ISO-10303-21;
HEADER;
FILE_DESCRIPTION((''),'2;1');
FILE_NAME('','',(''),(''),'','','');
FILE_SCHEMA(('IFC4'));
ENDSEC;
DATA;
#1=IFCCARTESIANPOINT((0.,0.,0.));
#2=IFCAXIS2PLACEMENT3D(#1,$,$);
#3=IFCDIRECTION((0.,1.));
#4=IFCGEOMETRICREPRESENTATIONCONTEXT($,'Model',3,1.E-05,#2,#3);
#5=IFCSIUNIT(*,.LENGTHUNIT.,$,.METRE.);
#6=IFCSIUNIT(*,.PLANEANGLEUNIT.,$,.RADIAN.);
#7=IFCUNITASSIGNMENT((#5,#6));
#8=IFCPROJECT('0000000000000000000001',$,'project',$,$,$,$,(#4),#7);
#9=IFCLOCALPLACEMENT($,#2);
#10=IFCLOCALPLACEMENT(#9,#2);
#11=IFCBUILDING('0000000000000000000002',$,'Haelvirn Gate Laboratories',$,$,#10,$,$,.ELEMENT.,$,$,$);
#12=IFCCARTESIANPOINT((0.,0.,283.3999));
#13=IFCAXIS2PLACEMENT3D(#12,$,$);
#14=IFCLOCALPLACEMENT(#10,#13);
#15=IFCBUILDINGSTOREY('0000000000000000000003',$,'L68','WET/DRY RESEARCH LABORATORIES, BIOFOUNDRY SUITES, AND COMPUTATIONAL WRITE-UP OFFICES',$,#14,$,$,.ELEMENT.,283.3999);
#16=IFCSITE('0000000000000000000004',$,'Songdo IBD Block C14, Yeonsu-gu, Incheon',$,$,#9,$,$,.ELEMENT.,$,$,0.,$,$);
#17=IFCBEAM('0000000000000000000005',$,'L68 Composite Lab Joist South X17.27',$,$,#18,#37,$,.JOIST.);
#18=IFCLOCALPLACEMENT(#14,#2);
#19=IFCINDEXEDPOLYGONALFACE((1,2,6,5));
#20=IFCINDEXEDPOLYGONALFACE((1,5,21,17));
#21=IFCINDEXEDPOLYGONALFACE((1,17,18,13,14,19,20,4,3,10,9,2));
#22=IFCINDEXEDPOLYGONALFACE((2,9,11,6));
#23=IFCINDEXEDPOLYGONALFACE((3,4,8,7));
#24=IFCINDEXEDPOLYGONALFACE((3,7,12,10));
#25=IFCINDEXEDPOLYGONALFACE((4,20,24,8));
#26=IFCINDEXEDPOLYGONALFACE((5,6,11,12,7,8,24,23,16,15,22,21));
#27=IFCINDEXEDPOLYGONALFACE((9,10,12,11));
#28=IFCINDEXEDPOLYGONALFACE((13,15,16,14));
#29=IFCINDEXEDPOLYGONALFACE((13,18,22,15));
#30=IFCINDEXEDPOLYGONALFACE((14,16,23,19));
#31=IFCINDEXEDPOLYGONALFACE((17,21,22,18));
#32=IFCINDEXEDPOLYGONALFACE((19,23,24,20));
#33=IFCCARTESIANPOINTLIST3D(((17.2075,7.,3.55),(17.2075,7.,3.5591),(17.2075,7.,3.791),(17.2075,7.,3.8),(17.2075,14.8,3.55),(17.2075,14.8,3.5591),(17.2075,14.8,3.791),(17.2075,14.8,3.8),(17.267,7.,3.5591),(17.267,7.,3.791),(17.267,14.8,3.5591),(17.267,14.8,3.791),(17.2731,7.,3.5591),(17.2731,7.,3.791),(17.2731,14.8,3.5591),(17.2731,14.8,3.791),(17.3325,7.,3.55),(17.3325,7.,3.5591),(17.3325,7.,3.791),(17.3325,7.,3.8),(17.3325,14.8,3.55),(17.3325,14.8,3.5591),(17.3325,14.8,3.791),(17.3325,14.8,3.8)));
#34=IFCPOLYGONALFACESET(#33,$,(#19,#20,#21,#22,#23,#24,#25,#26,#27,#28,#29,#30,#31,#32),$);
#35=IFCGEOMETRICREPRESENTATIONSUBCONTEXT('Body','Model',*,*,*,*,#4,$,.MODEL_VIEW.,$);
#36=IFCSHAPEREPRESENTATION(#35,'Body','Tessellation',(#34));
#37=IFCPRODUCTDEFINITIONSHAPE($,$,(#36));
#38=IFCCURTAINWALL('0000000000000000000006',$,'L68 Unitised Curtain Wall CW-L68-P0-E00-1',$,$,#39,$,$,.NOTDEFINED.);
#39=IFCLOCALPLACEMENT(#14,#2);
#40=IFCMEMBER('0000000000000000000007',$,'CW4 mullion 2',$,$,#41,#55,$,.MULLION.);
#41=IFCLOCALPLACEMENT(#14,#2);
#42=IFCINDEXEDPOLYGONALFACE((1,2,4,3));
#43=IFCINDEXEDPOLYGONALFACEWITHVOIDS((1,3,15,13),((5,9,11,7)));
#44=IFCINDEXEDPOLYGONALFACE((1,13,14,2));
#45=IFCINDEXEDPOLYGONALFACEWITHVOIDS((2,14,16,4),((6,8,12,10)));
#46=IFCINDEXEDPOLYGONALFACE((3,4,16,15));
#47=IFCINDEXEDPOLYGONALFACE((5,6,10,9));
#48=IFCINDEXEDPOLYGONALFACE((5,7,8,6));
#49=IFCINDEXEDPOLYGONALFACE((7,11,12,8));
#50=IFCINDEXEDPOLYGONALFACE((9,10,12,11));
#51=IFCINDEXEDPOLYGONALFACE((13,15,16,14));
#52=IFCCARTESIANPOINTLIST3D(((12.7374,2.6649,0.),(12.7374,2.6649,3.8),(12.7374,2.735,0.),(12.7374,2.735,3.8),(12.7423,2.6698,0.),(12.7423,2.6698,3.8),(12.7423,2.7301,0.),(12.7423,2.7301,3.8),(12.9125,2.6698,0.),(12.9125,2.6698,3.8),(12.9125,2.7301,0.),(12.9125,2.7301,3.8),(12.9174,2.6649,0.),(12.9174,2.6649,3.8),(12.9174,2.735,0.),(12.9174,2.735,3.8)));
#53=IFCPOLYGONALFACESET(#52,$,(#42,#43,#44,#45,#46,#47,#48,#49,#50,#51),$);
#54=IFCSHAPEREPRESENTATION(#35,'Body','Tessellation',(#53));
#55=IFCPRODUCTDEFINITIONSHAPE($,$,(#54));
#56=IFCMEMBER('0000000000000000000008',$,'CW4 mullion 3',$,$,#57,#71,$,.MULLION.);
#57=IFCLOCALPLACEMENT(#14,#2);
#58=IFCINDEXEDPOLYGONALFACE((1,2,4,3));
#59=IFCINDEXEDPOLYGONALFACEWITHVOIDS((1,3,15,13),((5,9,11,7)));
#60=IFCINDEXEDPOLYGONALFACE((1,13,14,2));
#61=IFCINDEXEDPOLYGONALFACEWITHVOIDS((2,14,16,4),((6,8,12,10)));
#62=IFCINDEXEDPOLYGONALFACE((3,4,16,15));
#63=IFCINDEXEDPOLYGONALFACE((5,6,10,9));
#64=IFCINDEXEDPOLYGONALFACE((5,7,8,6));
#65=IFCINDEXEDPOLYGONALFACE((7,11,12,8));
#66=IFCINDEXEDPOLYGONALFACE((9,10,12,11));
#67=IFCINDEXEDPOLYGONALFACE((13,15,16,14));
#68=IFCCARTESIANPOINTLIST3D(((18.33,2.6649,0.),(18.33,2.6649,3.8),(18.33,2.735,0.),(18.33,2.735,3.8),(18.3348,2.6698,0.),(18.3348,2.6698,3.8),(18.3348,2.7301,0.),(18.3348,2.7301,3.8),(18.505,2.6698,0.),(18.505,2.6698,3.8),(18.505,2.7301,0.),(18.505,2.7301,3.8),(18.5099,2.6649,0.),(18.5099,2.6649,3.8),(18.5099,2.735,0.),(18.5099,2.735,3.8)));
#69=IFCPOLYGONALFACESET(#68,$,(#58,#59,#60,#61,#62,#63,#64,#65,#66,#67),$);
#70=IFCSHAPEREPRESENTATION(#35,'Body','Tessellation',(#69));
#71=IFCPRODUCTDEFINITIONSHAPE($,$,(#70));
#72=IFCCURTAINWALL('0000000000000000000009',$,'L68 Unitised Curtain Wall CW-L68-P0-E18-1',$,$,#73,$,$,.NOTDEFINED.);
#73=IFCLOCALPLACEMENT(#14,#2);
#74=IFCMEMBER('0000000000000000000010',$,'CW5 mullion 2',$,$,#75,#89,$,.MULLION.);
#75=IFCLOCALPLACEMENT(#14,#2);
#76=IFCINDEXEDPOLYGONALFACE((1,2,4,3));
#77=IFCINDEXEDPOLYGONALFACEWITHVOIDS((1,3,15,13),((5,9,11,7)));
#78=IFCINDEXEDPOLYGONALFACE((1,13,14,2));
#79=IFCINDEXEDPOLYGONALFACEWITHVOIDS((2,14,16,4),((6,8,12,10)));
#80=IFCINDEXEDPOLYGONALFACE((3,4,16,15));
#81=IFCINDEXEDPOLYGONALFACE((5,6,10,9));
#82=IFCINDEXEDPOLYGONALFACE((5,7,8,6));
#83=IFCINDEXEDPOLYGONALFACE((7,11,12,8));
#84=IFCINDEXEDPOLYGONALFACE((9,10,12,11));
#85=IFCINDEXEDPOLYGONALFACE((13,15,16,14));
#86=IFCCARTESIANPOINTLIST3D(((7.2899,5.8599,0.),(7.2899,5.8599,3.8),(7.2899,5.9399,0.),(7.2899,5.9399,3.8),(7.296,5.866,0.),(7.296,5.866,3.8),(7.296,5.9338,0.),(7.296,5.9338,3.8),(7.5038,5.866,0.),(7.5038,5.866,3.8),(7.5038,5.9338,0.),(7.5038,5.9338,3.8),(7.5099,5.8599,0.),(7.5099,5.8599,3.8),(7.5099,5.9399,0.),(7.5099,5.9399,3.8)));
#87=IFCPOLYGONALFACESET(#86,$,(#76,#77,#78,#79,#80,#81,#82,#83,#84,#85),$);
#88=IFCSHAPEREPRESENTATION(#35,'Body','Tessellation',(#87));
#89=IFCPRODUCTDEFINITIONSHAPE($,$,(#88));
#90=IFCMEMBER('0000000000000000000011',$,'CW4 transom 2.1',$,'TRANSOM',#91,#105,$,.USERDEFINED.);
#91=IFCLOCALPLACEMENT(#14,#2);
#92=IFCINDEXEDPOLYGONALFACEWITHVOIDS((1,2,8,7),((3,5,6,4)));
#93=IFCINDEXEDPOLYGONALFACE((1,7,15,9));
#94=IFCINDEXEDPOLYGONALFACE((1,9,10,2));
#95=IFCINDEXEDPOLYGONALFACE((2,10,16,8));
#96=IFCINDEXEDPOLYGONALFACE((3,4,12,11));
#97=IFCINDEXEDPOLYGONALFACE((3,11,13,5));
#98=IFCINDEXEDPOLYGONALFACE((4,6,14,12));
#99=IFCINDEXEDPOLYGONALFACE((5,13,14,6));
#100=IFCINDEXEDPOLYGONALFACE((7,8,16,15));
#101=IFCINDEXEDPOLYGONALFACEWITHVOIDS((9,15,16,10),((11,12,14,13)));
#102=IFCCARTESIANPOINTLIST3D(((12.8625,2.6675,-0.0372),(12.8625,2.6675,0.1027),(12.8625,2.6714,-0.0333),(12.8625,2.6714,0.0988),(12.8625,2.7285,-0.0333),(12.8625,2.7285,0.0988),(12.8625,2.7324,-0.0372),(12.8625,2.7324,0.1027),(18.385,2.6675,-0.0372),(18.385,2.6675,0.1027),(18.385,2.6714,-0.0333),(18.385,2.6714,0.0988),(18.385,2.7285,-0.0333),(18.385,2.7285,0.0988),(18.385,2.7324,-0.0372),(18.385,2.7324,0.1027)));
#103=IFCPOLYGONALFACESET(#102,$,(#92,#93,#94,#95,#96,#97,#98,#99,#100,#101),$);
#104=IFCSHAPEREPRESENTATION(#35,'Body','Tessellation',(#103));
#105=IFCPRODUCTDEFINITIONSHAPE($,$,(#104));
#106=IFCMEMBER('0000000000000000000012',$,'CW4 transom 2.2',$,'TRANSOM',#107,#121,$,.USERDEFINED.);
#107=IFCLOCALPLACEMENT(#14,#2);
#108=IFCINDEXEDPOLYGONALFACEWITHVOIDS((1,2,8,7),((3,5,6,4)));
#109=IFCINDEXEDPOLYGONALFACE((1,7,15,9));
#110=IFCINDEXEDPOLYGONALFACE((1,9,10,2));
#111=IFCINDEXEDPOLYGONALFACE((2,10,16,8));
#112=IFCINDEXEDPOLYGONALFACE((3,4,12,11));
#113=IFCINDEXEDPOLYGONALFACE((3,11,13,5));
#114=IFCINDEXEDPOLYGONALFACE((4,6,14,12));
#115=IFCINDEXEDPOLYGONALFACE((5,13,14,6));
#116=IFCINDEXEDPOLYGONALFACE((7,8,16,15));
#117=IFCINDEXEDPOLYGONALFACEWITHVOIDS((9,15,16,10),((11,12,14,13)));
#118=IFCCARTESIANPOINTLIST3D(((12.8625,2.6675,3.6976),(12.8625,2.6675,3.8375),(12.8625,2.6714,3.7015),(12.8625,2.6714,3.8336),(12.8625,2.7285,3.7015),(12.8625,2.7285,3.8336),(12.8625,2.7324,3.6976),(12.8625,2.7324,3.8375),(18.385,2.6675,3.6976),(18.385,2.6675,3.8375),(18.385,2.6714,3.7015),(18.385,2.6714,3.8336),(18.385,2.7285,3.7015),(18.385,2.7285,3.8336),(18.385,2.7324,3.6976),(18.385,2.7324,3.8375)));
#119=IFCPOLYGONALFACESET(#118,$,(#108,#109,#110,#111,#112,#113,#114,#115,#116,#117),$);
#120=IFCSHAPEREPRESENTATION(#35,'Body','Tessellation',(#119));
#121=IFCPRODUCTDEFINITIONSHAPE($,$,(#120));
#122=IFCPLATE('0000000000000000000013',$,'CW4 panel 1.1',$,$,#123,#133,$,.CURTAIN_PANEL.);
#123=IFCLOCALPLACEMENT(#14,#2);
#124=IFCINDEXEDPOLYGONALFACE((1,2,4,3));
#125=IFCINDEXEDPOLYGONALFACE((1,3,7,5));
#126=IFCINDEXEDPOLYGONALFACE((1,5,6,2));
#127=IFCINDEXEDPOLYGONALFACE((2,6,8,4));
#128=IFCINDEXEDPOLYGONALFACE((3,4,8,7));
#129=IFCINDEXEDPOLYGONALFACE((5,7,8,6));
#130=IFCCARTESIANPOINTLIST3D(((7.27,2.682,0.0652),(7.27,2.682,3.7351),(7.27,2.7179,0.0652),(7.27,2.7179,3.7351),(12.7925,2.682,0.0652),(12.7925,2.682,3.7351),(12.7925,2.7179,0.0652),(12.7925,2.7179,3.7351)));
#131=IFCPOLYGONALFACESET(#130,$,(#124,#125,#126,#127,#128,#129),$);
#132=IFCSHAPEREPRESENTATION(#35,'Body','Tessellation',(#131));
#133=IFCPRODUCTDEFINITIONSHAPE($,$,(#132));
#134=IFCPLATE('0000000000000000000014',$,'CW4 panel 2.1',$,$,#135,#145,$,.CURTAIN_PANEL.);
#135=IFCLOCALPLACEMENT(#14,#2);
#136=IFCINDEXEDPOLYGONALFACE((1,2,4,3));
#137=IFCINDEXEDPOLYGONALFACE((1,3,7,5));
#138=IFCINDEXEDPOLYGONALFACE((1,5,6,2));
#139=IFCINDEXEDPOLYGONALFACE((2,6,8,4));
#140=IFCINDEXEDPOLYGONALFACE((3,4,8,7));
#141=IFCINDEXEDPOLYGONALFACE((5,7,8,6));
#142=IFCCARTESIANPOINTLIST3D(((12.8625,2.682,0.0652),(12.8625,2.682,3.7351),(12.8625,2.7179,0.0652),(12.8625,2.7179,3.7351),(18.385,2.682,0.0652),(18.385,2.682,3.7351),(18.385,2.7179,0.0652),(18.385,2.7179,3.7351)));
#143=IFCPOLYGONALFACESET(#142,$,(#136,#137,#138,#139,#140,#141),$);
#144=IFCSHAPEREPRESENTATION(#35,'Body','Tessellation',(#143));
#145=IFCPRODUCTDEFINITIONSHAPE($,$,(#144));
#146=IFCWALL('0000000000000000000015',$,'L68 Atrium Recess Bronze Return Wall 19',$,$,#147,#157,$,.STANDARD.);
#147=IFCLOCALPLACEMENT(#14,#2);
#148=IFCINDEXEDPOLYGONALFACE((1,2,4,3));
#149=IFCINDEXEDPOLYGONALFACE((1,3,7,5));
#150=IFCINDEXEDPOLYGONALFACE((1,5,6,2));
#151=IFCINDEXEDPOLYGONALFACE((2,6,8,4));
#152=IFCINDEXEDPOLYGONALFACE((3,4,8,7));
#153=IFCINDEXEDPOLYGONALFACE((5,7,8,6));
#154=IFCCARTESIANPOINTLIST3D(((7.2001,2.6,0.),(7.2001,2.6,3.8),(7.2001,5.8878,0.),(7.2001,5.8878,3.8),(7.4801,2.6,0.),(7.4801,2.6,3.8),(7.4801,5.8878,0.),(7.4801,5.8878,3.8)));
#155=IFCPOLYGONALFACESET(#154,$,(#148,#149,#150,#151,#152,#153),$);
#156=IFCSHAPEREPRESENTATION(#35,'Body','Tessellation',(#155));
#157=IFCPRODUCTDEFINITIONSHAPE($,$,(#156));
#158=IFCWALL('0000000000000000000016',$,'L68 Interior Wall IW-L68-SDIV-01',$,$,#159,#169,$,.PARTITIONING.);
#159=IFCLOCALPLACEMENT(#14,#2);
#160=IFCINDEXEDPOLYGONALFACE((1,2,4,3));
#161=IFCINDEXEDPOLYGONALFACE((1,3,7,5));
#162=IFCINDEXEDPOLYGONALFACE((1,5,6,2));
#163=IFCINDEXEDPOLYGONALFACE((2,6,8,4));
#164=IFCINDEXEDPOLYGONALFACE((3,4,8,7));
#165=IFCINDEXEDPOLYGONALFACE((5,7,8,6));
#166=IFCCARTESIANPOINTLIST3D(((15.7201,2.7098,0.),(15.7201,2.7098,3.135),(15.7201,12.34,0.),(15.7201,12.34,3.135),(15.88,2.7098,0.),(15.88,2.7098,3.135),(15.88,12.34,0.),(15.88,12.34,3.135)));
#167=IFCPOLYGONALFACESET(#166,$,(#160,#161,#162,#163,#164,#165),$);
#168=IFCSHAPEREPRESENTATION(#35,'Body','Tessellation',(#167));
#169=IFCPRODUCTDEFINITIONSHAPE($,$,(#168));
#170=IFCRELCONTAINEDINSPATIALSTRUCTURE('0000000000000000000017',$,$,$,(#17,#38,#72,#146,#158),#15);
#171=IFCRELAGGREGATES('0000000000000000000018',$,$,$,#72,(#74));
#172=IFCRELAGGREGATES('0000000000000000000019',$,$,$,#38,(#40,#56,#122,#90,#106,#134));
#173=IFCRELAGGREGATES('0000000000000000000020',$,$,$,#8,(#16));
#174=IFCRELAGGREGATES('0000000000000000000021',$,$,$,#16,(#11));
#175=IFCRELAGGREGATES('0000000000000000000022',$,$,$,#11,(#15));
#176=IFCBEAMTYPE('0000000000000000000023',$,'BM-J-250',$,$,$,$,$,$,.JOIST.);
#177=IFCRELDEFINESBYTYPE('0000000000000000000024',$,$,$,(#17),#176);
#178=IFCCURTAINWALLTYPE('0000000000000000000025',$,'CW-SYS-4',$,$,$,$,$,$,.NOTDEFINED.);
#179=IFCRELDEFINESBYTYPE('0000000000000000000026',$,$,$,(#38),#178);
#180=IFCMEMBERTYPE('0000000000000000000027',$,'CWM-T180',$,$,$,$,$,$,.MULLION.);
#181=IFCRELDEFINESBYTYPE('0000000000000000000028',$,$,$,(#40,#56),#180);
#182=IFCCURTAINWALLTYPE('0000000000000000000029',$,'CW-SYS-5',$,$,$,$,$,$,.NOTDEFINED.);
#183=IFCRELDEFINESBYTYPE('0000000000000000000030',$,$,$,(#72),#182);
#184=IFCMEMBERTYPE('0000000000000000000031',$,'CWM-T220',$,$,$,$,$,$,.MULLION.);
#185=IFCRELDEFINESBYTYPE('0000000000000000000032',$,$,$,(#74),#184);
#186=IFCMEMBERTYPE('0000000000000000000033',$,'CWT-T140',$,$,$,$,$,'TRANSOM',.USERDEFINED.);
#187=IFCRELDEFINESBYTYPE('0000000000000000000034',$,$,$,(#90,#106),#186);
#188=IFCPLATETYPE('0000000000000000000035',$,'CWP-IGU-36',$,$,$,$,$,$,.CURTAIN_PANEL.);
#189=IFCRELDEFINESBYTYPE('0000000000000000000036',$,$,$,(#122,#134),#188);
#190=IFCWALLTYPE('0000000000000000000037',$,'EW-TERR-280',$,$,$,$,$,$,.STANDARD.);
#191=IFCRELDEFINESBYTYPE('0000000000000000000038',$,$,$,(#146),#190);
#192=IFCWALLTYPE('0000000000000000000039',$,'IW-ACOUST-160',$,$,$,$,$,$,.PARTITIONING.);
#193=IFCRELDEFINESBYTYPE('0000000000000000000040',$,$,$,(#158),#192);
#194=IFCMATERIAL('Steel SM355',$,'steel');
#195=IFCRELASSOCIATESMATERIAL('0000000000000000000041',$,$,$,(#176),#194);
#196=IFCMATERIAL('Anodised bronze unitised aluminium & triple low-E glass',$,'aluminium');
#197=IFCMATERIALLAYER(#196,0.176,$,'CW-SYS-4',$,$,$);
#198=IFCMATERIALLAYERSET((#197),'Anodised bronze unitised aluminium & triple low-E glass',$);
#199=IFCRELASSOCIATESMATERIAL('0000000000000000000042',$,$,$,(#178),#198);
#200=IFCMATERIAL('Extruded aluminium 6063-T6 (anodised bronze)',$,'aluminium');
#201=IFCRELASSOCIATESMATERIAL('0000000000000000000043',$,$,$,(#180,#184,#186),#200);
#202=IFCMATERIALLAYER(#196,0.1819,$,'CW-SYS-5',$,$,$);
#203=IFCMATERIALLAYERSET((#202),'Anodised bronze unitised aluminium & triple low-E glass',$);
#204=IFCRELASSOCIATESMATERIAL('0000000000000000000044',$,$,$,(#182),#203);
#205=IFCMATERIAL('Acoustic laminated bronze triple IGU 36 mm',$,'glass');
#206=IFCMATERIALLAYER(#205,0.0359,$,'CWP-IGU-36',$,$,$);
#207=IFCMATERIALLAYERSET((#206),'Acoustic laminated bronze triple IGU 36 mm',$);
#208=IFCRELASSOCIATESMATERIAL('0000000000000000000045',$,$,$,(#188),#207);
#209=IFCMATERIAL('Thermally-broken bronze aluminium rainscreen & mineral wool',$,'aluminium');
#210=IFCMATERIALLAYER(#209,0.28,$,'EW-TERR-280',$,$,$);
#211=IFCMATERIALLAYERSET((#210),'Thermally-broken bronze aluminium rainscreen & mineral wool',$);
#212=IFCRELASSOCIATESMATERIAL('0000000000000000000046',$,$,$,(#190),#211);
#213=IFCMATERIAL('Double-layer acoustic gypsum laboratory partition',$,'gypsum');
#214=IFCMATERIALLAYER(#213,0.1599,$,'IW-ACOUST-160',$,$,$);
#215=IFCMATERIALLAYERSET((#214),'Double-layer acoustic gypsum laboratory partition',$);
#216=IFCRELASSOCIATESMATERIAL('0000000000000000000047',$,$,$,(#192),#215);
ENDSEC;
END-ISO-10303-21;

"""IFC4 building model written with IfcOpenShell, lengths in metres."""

from ifc_helpers import new_model, si_unit, direction, frame, frame_2d, origin, origin_2d, place, context, subcontext, project, spatial, rectangle, hollow_rectangle, i_section, extrude, source, transform, mapped, material, layer, layer_set, material_profile, profile_set, type_object, type_shapes, element, aggregate, save


model = new_model("IFC4")

# Units and contexts
model_context = context("Model", 3, precision=1e-05, world=origin(), true_north=direction((0.0, 1.0)))
body_context = subcontext(model_context, "Body", "Model", "MODEL_VIEW")
ifc_project = project(units=[si_unit("LENGTHUNIT", "METRE"), si_unit("PLANEANGLEUNIT", "RADIAN")], contexts=[model_context])

# Site, building, storey
site_placement = place(None, origin())
site = spatial("IfcSite", under=ifc_project, at=site_placement, Name="Songdo IBD Block C14, Yeonsu-gu, Incheon", CompositionType="ELEMENT", RefElevation=0.0)
building_placement = place(site_placement, origin())
building = spatial("IfcBuilding", under=site, at=building_placement, Name="Haelvirn Gate Laboratories", CompositionType="ELEMENT")
storey_placement = place(building_placement, frame((0.0, 0.0, 283.3999)))
storey = spatial("IfcBuildingStorey", under=building, at=storey_placement, Name="L68", Description="WET/DRY RESEARCH LABORATORIES, BIOFOUNDRY SUITES, AND COMPUTATIONAL WRITE-UP OFFICES", CompositionType="ELEMENT", Elevation=283.3999)

# Beam
ifc_material_1 = material(Name="Steel SM355", Category="steel")
ifc_material_profile_1 = material_profile(ifc_material_1, i_section(OverallWidth=0.125, OverallDepth=0.25, WebThickness=0.0061, FlangeThickness=0.009, at=origin_2d()), Name="H-250x125x6x9")
ifc_profile_set_1 = profile_set([ifc_material_profile_1], Name="Steel SM355")
beam_type_1 = type_object("IfcBeamType", Name="BM-J-250", PredefinedType="JOIST", material=ifc_profile_set_1)
shared_shape_1 = source(origin(), body_context, "Body", "SweptSolid", [
    extrude(i_section(OverallWidth=0.125, OverallDepth=0.25, WebThickness=0.0061, FlangeThickness=0.009, at=origin_2d()), origin(), (0.0, 0.0, 1.0), 7.8),
])
type_shapes(beam_type_1, [shared_shape_1])
for number, where, z_axis, x_axis, name in (
    (1, (17.27, 7.0, 3.675), (0.0, 1.0, 0.0), (-1.0, 0.0, 0.0), "L68 Composite Lab Joist South X17.27"),
):
    element("IfcBeam", number, at=place(storey_placement, frame(where, z_axis=z_axis, x_axis=x_axis)), inside=storey, type_object=beam_type_1, Name=name, PredefinedType="JOIST", context=body_context, shape_type="MappedRepresentation", body=[
        mapped(shared_shape_1, transform((0.0, 0.0, 0.0), scale=1.0)),
    ])

# Curtain wall, members
ifc_material_2 = material(Name="Anodised bronze unitised aluminium & triple low-E glass", Category="aluminium")
ifc_layer_1 = layer(ifc_material_2, 0.176, Name="CW-SYS-4")
ifc_layer_set_1 = layer_set([ifc_layer_1], Name="Anodised bronze unitised aluminium & triple low-E glass")
curtain_wall_type_1 = type_object("IfcCurtainWallType", Name="CW-SYS-4", PredefinedType="NOTDEFINED", material=ifc_layer_set_1)
curtain_wall_1_placement = place(storey_placement, origin())
curtain_wall_1 = element("IfcCurtainWall", 2, at=curtain_wall_1_placement, inside=storey, type_object=curtain_wall_type_1, Name="L68 Unitised Curtain Wall CW-L68-P0-E00-1", PredefinedType="NOTDEFINED")
ifc_material_3 = material(Name="Extruded aluminium 6063-T6 (anodised bronze)", Category="aluminium")
ifc_material_profile_2 = material_profile(ifc_material_3, hollow_rectangle(XDim=0.0701, YDim=0.1799, WallThickness=0.0049, at=origin_2d()), Name="CWM-180x70x5")
ifc_profile_set_2 = profile_set([ifc_material_profile_2], Name="Extruded aluminium 6063-T6 (anodised bronze)")
member_type_1 = type_object("IfcMemberType", Name="CWM-T180", PredefinedType="MULLION", material=ifc_profile_set_2)
shared_shape_2 = source(origin(), body_context, "Body", "SweptSolid", [
    extrude(hollow_rectangle(XDim=0.0701, YDim=0.1799, WallThickness=0.0049, at=origin_2d()), origin(), (0.0, 0.0, 1.0), 3.8),
])
type_shapes(member_type_1, [shared_shape_2])
member_1_placement = place(storey_placement, frame((12.8274, 2.7, 0.0), z_axis=(0.0, 0.0, 1.0), x_axis=(0.0, 1.0, 0.0)))
member_1 = element("IfcMember", 3, at=member_1_placement, type_object=member_type_1, Name="CW4 mullion 2", PredefinedType="MULLION", context=body_context, shape_type="MappedRepresentation", body=[
    mapped(shared_shape_2, transform((0.0, 0.0, 0.0), scale=1.0)),
])
member_2_placement = place(storey_placement, frame((18.4199, 2.7, 0.0), z_axis=(0.0, 0.0, 1.0), x_axis=(0.0, 1.0, 0.0)))
member_2 = element("IfcMember", 4, at=member_2_placement, type_object=member_type_1, Name="CW4 mullion 3", PredefinedType="MULLION", context=body_context, shape_type="MappedRepresentation", body=[
    mapped(shared_shape_2, transform((0.0, 0.0, 0.0), scale=1.0)),
])

# Curtain wall, member
ifc_layer_2 = layer(ifc_material_2, 0.1819, Name="CW-SYS-5")
ifc_layer_set_2 = layer_set([ifc_layer_2], Name="Anodised bronze unitised aluminium & triple low-E glass")
curtain_wall_type_2 = type_object("IfcCurtainWallType", Name="CW-SYS-5", PredefinedType="NOTDEFINED", material=ifc_layer_set_2)
curtain_wall_2_placement = place(storey_placement, origin())
curtain_wall_2 = element("IfcCurtainWall", 5, at=curtain_wall_2_placement, inside=storey, type_object=curtain_wall_type_2, Name="L68 Unitised Curtain Wall CW-L68-P0-E18-1", PredefinedType="NOTDEFINED")
ifc_material_profile_3 = material_profile(ifc_material_3, hollow_rectangle(XDim=0.0801, YDim=0.22, WallThickness=0.0061, at=origin_2d()), Name="CWM-220x80x6")
ifc_profile_set_3 = profile_set([ifc_material_profile_3], Name="Extruded aluminium 6063-T6 (anodised bronze)")
member_type_2 = type_object("IfcMemberType", Name="CWM-T220", PredefinedType="MULLION", material=ifc_profile_set_3)
shared_shape_3 = source(origin(), body_context, "Body", "SweptSolid", [
    extrude(hollow_rectangle(XDim=0.0801, YDim=0.22, WallThickness=0.0061, at=origin_2d()), origin(), (0.0, 0.0, 1.0), 3.8),
])
type_shapes(member_type_2, [shared_shape_3])
member_3_placement = place(storey_placement, frame((7.3999, 5.8999, 0.0), z_axis=(0.0, 0.0, 1.0), x_axis=(0.0, 1.0, 0.0)))
member_3 = element("IfcMember", 6, at=member_3_placement, type_object=member_type_2, Name="CW5 mullion 2", PredefinedType="MULLION", context=body_context, shape_type="MappedRepresentation", body=[
    mapped(shared_shape_3, transform((0.0, 0.0, 0.0), scale=1.0)),
])
aggregate(curtain_wall_2, [member_3])

# Members
ifc_material_profile_4 = material_profile(ifc_material_3, hollow_rectangle(XDim=0.0649, YDim=0.1399, WallThickness=0.0039, at=origin_2d()), Name="CWT-140x65x4")
ifc_profile_set_4 = profile_set([ifc_material_profile_4], Name="Extruded aluminium 6063-T6 (anodised bronze)")
member_type_3 = type_object("IfcMemberType", Name="CWT-T140", ElementType="TRANSOM", PredefinedType="USERDEFINED", material=ifc_profile_set_4)
shared_shape_4 = source(origin(), body_context, "Body", "SweptSolid", [
    extrude(hollow_rectangle(XDim=0.0649, YDim=0.1399, WallThickness=0.0039, at=origin_2d()), origin(), (0.0, 0.0, 1.0), 5.5225),
])
type_shapes(member_type_3, [shared_shape_4])
member_4_placement = place(storey_placement, frame((12.8625, 2.7, 0.0327), z_axis=(1.0, 0.0, 0.0), x_axis=(0.0, 1.0, 0.0)))
member_4 = element("IfcMember", 7, at=member_4_placement, type_object=member_type_3, Name="CW4 transom 2.1", ObjectType="TRANSOM", PredefinedType="USERDEFINED", context=body_context, shape_type="MappedRepresentation", body=[
    mapped(shared_shape_4, transform((0.0, 0.0, 0.0), scale=1.0)),
])
member_5_placement = place(storey_placement, frame((12.8625, 2.7, 3.7676), z_axis=(1.0, 0.0, 0.0), x_axis=(0.0, 1.0, 0.0)))
member_5 = element("IfcMember", 8, at=member_5_placement, type_object=member_type_3, Name="CW4 transom 2.2", ObjectType="TRANSOM", PredefinedType="USERDEFINED", context=body_context, shape_type="MappedRepresentation", body=[
    mapped(shared_shape_4, transform((0.0, 0.0, 0.0), scale=1.0)),
])

# Plates
ifc_material_4 = material(Name="Acoustic laminated bronze triple IGU 36 mm", Category="glass")
ifc_layer_3 = layer(ifc_material_4, 0.0359, Name="CWP-IGU-36")
ifc_layer_set_3 = layer_set([ifc_layer_3], Name="Acoustic laminated bronze triple IGU 36 mm")
plate_type = type_object("IfcPlateType", Name="CWP-IGU-36", PredefinedType="CURTAIN_PANEL", material=ifc_layer_set_3)
shared_shape_5 = source(origin(), body_context, "Body", "SweptSolid", [
    extrude(rectangle(XDim=5.5225, YDim=0.0359, at=origin_2d()), origin(), (0.0, 0.0, 1.0), 3.6699),
])
type_shapes(plate_type, [shared_shape_5])
plate_1_placement = place(storey_placement, frame((10.0312, 2.7, 0.0652), z_axis=(0.0, 0.0, 1.0), x_axis=(1.0, 0.0, 0.0)))
plate_1 = element("IfcPlate", 9, at=plate_1_placement, type_object=plate_type, Name="CW4 panel 1.1", PredefinedType="CURTAIN_PANEL", context=body_context, shape_type="MappedRepresentation", body=[
    mapped(shared_shape_5, transform((0.0, 0.0, 0.0), scale=1.0)),
])
plate_2_placement = place(storey_placement, frame((15.6238, 2.7, 0.0652), z_axis=(0.0, 0.0, 1.0), x_axis=(1.0, 0.0, 0.0)))
plate_2 = element("IfcPlate", 10, at=plate_2_placement, type_object=plate_type, Name="CW4 panel 2.1", PredefinedType="CURTAIN_PANEL", context=body_context, shape_type="MappedRepresentation", body=[
    mapped(shared_shape_5, transform((0.0, 0.0, 0.0), scale=1.0)),
])
aggregate(curtain_wall_1, [member_1, member_2, plate_1, member_4, member_5, plate_2])

# Walls
ifc_material_5 = material(Name="Thermally-broken bronze aluminium rainscreen & mineral wool", Category="aluminium")
ifc_layer_4 = layer(ifc_material_5, 0.28, Name="EW-TERR-280")
ifc_layer_set_4 = layer_set([ifc_layer_4], Name="Thermally-broken bronze aluminium rainscreen & mineral wool")
wall_type_1 = type_object("IfcWallType", Name="EW-TERR-280", PredefinedType="STANDARD", material=ifc_layer_set_4)
wall_1_placement = place(storey_placement, frame((7.3401, 5.8879, 0.0), z_axis=(0.0, 0.0, 1.0), x_axis=(0.0, -1.0, 0.0)))
element("IfcWall", 11, at=wall_1_placement, inside=storey, type_object=wall_type_1, Name="L68 Atrium Recess Bronze Return Wall 19", PredefinedType="STANDARD", context=body_context, shape_type="SweptSolid", body=[
    extrude(rectangle(XDim=3.2878, YDim=0.28, at=frame_2d((1.644, 0.0))), origin(), (0.0, 0.0, 1.0), 3.8),
])
ifc_material_6 = material(Name="Double-layer acoustic gypsum laboratory partition", Category="gypsum")
ifc_layer_5 = layer(ifc_material_6, 0.1599, Name="IW-ACOUST-160")
ifc_layer_set_5 = layer_set([ifc_layer_5], Name="Double-layer acoustic gypsum laboratory partition")
wall_type_2 = type_object("IfcWallType", Name="IW-ACOUST-160", PredefinedType="PARTITIONING", material=ifc_layer_set_5)
wall_2_placement = place(storey_placement, frame((15.8, 2.71, 0.0), z_axis=(0.0, 0.0, 1.0), x_axis=(0.0, 1.0, 0.0)))
element("IfcWall", 12, at=wall_2_placement, inside=storey, type_object=wall_type_2, Name="L68 Interior Wall IW-L68-SDIV-01", PredefinedType="PARTITIONING", context=body_context, shape_type="SweptSolid", body=[
    extrude(rectangle(XDim=9.6301, YDim=0.1599, at=frame_2d((4.8149, 0.0))), origin(), (0.0, 0.0, 1.0), 3.135),
])

save(model, "model.ifc")
